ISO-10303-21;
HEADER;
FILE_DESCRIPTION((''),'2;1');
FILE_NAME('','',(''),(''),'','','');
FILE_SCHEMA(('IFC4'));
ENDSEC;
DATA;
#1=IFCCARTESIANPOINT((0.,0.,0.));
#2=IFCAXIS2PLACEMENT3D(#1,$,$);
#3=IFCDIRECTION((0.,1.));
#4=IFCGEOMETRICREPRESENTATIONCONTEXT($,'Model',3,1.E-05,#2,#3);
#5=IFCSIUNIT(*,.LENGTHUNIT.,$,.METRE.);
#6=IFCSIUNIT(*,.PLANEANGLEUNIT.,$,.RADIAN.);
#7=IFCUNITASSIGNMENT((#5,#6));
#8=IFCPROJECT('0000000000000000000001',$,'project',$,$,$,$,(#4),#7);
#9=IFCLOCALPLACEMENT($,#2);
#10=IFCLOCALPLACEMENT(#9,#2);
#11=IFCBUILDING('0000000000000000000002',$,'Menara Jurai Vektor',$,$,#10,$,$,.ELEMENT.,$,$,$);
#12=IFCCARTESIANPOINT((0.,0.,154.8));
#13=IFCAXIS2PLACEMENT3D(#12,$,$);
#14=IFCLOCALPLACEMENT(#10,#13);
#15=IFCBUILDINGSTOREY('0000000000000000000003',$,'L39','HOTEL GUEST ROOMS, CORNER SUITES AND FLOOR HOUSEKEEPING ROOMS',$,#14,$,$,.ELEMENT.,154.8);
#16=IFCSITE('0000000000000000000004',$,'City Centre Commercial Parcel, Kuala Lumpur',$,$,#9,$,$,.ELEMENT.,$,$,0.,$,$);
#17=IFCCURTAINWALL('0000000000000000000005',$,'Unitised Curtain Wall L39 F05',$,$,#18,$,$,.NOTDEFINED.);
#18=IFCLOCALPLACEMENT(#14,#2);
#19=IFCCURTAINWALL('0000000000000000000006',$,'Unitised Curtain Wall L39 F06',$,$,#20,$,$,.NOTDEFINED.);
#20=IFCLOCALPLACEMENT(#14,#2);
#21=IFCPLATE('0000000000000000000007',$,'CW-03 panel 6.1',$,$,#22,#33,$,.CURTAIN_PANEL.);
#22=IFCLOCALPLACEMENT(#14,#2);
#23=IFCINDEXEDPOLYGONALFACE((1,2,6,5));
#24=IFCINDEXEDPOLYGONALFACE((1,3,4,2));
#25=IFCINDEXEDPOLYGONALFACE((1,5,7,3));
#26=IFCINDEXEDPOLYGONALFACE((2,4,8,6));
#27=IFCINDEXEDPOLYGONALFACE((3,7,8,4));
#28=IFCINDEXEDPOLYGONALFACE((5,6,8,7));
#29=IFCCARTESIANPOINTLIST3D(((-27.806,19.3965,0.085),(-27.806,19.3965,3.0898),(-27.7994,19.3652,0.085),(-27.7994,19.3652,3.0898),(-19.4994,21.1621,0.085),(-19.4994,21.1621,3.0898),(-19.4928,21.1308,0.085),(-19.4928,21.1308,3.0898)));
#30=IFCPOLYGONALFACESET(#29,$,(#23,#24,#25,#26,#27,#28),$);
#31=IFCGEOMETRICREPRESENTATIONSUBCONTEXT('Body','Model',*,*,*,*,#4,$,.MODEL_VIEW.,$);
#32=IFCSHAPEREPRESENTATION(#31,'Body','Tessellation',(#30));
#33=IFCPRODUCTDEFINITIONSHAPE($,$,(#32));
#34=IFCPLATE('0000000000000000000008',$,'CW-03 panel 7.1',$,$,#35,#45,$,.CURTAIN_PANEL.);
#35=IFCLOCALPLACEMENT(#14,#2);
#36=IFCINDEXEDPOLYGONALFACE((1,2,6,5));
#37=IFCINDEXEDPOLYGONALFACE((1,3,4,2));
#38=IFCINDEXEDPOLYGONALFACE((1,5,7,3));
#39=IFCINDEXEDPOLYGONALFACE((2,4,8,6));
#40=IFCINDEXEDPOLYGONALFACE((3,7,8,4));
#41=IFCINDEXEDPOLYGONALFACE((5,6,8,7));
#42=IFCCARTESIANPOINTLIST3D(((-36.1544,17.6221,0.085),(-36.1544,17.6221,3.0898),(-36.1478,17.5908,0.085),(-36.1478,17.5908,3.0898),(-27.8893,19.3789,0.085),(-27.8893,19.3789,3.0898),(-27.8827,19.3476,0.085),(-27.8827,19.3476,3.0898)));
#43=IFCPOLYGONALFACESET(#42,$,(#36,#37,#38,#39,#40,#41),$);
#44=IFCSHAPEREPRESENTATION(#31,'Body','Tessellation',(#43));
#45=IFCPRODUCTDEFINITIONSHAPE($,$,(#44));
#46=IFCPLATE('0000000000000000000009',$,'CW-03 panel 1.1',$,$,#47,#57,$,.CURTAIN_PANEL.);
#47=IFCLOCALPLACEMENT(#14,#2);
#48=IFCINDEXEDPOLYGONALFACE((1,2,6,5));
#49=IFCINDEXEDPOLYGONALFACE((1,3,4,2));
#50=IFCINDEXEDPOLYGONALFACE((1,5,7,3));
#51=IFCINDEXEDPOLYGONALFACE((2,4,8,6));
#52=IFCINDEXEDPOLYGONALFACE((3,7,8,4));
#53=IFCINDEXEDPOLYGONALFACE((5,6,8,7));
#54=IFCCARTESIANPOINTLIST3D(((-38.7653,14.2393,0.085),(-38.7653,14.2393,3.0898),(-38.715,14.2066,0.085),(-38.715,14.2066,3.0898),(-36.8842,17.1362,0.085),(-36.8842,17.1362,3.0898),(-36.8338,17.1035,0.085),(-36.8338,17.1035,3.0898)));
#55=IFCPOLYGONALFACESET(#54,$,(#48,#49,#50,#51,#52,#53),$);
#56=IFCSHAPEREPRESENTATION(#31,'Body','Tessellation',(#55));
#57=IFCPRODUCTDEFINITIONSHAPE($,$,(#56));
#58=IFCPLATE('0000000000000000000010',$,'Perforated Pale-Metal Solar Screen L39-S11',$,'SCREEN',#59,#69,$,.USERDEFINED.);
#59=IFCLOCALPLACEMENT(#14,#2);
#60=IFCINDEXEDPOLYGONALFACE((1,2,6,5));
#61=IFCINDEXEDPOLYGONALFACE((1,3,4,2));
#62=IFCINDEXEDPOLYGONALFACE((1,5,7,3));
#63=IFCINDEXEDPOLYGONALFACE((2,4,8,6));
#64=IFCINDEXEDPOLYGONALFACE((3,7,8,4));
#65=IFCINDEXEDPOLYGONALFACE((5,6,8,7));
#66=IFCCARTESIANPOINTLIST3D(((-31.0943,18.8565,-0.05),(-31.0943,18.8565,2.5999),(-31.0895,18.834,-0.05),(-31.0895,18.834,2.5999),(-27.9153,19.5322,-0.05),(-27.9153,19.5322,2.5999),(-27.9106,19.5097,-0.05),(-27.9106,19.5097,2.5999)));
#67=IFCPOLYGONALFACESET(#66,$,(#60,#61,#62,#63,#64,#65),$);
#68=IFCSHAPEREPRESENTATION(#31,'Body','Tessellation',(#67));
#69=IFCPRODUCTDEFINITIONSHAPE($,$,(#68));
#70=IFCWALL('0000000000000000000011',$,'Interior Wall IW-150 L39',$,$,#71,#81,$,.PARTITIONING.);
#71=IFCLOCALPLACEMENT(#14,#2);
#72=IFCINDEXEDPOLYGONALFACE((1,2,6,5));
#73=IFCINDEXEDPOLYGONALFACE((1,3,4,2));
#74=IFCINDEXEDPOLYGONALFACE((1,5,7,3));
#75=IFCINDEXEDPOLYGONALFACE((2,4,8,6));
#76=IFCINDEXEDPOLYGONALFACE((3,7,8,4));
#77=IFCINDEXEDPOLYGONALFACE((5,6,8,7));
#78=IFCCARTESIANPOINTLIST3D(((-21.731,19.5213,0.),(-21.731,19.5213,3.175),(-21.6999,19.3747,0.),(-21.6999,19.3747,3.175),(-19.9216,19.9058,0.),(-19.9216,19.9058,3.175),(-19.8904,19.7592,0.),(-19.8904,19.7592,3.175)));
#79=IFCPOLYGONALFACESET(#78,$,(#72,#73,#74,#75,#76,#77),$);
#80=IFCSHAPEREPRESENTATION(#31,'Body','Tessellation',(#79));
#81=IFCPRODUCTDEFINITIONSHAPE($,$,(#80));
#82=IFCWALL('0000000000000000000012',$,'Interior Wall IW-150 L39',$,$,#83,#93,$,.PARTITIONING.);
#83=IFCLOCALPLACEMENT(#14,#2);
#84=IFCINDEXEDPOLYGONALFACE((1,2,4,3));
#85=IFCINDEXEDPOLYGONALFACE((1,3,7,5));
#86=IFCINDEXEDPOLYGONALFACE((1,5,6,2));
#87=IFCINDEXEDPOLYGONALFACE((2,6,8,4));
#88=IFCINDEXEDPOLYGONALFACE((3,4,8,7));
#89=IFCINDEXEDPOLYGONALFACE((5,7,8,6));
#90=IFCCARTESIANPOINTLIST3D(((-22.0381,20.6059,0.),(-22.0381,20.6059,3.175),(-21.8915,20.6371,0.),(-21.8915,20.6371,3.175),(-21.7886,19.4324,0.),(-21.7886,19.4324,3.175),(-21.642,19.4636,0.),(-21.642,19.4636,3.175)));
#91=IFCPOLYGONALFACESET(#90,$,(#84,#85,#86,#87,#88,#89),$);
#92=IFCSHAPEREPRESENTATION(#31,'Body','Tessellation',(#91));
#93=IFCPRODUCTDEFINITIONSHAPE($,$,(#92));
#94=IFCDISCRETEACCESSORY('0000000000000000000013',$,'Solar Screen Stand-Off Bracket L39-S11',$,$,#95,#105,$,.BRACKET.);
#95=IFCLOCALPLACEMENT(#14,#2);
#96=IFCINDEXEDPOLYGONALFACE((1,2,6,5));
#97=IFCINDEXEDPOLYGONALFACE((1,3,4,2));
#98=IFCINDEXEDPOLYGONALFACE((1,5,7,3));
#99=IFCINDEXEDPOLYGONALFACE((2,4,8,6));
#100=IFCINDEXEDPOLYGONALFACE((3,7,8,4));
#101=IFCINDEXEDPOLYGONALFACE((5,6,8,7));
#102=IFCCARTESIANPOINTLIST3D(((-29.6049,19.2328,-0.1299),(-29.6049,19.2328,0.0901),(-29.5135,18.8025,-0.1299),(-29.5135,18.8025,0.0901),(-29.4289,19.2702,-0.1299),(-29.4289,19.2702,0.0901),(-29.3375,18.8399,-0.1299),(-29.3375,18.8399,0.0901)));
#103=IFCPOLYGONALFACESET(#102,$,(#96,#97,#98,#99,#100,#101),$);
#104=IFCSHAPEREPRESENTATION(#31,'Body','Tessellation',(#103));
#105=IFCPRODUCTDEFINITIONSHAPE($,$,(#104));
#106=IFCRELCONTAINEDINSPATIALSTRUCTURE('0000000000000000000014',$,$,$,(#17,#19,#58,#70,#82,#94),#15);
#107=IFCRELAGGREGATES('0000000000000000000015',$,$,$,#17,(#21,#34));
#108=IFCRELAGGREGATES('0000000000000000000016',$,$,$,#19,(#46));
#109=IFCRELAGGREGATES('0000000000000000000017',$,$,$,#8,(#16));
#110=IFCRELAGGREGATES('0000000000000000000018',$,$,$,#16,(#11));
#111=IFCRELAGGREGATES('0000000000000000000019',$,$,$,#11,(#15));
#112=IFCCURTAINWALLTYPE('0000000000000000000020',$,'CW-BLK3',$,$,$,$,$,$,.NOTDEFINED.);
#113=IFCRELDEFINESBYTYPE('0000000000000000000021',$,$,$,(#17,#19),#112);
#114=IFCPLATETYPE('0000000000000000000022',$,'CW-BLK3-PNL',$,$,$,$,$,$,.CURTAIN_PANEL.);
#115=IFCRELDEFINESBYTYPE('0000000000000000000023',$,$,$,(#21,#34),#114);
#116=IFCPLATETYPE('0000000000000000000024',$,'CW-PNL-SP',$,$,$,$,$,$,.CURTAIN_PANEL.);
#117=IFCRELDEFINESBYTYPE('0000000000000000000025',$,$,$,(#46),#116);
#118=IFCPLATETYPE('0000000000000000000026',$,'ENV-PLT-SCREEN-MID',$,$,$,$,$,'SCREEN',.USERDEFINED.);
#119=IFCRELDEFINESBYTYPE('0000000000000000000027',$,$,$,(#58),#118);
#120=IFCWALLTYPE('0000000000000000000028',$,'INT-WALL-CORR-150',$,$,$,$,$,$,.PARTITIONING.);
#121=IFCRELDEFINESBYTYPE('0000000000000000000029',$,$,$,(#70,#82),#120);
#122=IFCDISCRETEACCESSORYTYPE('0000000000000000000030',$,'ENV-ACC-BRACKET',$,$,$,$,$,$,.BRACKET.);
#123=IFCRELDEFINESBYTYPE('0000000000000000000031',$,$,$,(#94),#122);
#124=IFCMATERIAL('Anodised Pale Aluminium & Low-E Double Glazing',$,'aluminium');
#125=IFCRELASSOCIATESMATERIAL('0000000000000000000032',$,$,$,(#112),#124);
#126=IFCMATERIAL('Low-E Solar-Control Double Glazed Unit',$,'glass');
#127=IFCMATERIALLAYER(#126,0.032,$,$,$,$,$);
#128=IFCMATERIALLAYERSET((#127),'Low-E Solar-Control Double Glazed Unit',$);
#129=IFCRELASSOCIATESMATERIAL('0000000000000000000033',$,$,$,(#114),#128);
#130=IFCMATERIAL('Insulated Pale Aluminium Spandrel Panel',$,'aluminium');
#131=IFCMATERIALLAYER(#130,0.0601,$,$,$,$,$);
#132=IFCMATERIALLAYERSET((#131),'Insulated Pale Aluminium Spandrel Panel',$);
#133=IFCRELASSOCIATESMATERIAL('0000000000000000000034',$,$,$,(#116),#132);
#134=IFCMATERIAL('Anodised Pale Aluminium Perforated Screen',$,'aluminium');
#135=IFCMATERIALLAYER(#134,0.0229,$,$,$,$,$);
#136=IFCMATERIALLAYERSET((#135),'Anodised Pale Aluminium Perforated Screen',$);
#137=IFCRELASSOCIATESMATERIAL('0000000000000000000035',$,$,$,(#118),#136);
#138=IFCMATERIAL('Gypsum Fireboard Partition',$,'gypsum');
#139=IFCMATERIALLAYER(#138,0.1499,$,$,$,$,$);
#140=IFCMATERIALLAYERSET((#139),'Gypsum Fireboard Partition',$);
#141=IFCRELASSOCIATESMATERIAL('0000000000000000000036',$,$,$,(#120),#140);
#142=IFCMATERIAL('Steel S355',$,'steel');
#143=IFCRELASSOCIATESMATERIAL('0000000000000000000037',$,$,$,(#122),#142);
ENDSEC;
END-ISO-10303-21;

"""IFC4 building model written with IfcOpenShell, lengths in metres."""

from ifc_helpers import new_model, si_unit, direction, frame, frame_2d, origin, origin_2d, place, context, subcontext, project, spatial, rectangle, extrude, material, layer, layer_set, type_object, element, aggregate, save


model = new_model("IFC4")

# Units and contexts
model_context = context("Model", 3, precision=1e-05, world=origin(), true_north=direction((0.0, 1.0)))
body_context = subcontext(model_context, "Body", "Model", "MODEL_VIEW")
ifc_project = project(units=[si_unit("LENGTHUNIT", "METRE"), si_unit("PLANEANGLEUNIT", "RADIAN")], contexts=[model_context])

# Site, building, storey
site_placement = place(None, origin())
site = spatial("IfcSite", under=ifc_project, at=site_placement, Name="City Centre Commercial Parcel, Kuala Lumpur", CompositionType="ELEMENT", RefElevation=0.0)
building_placement = place(site_placement, origin())
building = spatial("IfcBuilding", under=site, at=building_placement, Name="Menara Jurai Vektor", CompositionType="ELEMENT")
storey_placement = place(building_placement, frame((0.0, 0.0, 154.8)))
storey = spatial("IfcBuildingStorey", under=building, at=storey_placement, Name="L39", Description="HOTEL GUEST ROOMS, CORNER SUITES AND FLOOR HOUSEKEEPING ROOMS", CompositionType="ELEMENT", Elevation=154.8)

# Curtain walls
ifc_material_1 = material(Name="Anodised Pale Aluminium & Low-E Double Glazing", Category="aluminium")
curtain_wall_type = type_object("IfcCurtainWallType", Name="CW-BLK3", PredefinedType="NOTDEFINED", material=ifc_material_1)
curtain_wall_1_placement = place(storey_placement, origin())
curtain_wall_1 = element("IfcCurtainWall", 1, at=curtain_wall_1_placement, inside=storey, type_object=curtain_wall_type, Name="Unitised Curtain Wall L39 F05", PredefinedType="NOTDEFINED")
curtain_wall_2_placement = place(storey_placement, origin())
curtain_wall_2 = element("IfcCurtainWall", 2, at=curtain_wall_2_placement, inside=storey, type_object=curtain_wall_type, Name="Unitised Curtain Wall L39 F06", PredefinedType="NOTDEFINED")

# Shared definitions
ifc_material_2 = material(Name="Steel S355", Category="steel")

# Plates
ifc_material_3 = material(Name="Low-E Solar-Control Double Glazed Unit", Category="glass")
ifc_layer_1 = layer(ifc_material_3, 0.032)
ifc_layer_set_1 = layer_set([ifc_layer_1], Name="Low-E Solar-Control Double Glazed Unit")
plate_type_1 = type_object("IfcPlateType", Name="CW-BLK3-PNL", PredefinedType="CURTAIN_PANEL", material=ifc_layer_set_1)
plate_1_placement = place(storey_placement, frame((-23.6494, 20.2637, 0.085), z_axis=(0.0, 0.0, 1.0), x_axis=(-0.978148, -0.207911, 0.0)))
plate_1 = element("IfcPlate", 3, at=plate_1_placement, type_object=plate_type_1, Name="CW-03 panel 6.1", PredefinedType="CURTAIN_PANEL", context=body_context, shape_type="SweptSolid", body=[
    extrude(rectangle(XDim=8.4922, YDim=0.032, at=origin_2d()), origin(), (0.0, 0.0, 1.0), 3.0049),
])
plate_2_placement = place(storey_placement, frame((-32.0186, 18.4849, 0.085), z_axis=(0.0, 0.0, 1.0), x_axis=(-0.978148, -0.207911, 0.0)))
plate_2 = element("IfcPlate", 4, at=plate_2_placement, type_object=plate_type_1, Name="CW-03 panel 7.1", PredefinedType="CURTAIN_PANEL", context=body_context, shape_type="SweptSolid", body=[
    extrude(rectangle(XDim=8.4497, YDim=0.032, at=origin_2d()), origin(), (0.0, 0.0, 1.0), 3.0049),
])
aggregate(curtain_wall_1, [plate_1, plate_2])
ifc_material_4 = material(Name="Insulated Pale Aluminium Spandrel Panel", Category="aluminium")
ifc_layer_2 = layer(ifc_material_4, 0.0601)
ifc_layer_set_2 = layer_set([ifc_layer_2], Name="Insulated Pale Aluminium Spandrel Panel")
plate_type_2 = type_object("IfcPlateType", Name="CW-PNL-SP", PredefinedType="CURTAIN_PANEL", material=ifc_layer_set_2)
plate_3_placement = place(storey_placement, frame((-37.7996, 15.6714, 0.085), z_axis=(0.0, 0.0, 1.0), x_axis=(-0.544618, -0.838684, 0.0)))
plate_3 = element("IfcPlate", 5, at=plate_3_placement, type_object=plate_type_2, Name="CW-03 panel 1.1", PredefinedType="CURTAIN_PANEL", context=body_context, shape_type="SweptSolid", body=[
    extrude(rectangle(XDim=3.4541, YDim=0.0601, at=origin_2d()), origin(), (0.0, 0.0, 1.0), 3.0049),
])
aggregate(curtain_wall_2, [plate_3])
ifc_material_5 = material(Name="Anodised Pale Aluminium Perforated Screen", Category="aluminium")
ifc_layer_3 = layer(ifc_material_5, 0.0229)
ifc_layer_set_3 = layer_set([ifc_layer_3], Name="Anodised Pale Aluminium Perforated Screen")
plate_type_3 = type_object("IfcPlateType", Name="ENV-PLT-SCREEN-MID", ElementType="SCREEN", PredefinedType="USERDEFINED", material=ifc_layer_set_3)
plate_4_placement = place(storey_placement, frame((-29.5024, 19.1831, -0.05), z_axis=(0.0, 0.0, 1.0), x_axis=(-0.978148, -0.207912, 0.0)))
element("IfcPlate", 6, at=plate_4_placement, inside=storey, type_object=plate_type_3, Name="Perforated Pale-Metal Solar Screen L39-S11", ObjectType="SCREEN", PredefinedType="USERDEFINED", context=body_context, shape_type="SweptSolid", body=[
    extrude(rectangle(XDim=3.25, YDim=0.0229, at=origin_2d()), origin(), (0.0, 0.0, 1.0), 2.6499),
])

# Walls
ifc_material_6 = material(Name="Gypsum Fireboard Partition", Category="gypsum")
ifc_layer_4 = layer(ifc_material_6, 0.1499)
ifc_layer_set_4 = layer_set([ifc_layer_4], Name="Gypsum Fireboard Partition")
wall_type = type_object("IfcWallType", Name="INT-WALL-CORR-150", PredefinedType="PARTITIONING", material=ifc_layer_set_4)
wall_1_placement = place(storey_placement, frame((-21.7153, 19.448, 0.0), z_axis=(0.0, 0.0, 1.0), x_axis=(0.97816, 0.207852, 0.0)))
element("IfcWall", 7, at=wall_1_placement, inside=storey, type_object=wall_type, Name="Interior Wall IW-150 L39", PredefinedType="PARTITIONING", context=body_context, shape_type="SweptSolid", body=[
    extrude(rectangle(XDim=1.8499, YDim=0.1499, at=frame_2d((0.9248, 0.0))), origin(), (0.0, 0.0, 1.0), 3.175),
])
wall_2_placement = place(storey_placement, frame((-21.7153, 19.448, 0.0), z_axis=(0.0, 0.0, 1.0), x_axis=(-0.207959, 0.978138, 0.0)))
element("IfcWall", 8, at=wall_2_placement, inside=storey, type_object=wall_type, Name="Interior Wall IW-150 L39", PredefinedType="PARTITIONING", context=body_context, shape_type="SweptSolid", body=[
    extrude(rectangle(XDim=1.1997, YDim=0.1499, at=frame_2d((0.5999, 0.0))), origin(), (0.0, 0.0, 1.0), 3.175),
])

# Discrete accessory
discrete_accessory_type = type_object("IfcDiscreteAccessoryType", Name="ENV-ACC-BRACKET", PredefinedType="BRACKET", material=ifc_material_2)
discrete_accessory_placement = place(storey_placement, frame((-29.4712, 19.0364, -0.1299), z_axis=(0.0, 0.0, 1.0), x_axis=(-0.978148, -0.207912, 0.0)))
element("IfcDiscreteAccessory", 9, at=discrete_accessory_placement, inside=storey, type_object=discrete_accessory_type, Name="Solar Screen Stand-Off Bracket L39-S11", PredefinedType="BRACKET", context=body_context, shape_type="SweptSolid", body=[
    extrude(rectangle(XDim=0.1799, YDim=0.4399, at=origin_2d()), origin(), (0.0, 0.0, 1.0), 0.22),
])

save(model, "model.ifc")
